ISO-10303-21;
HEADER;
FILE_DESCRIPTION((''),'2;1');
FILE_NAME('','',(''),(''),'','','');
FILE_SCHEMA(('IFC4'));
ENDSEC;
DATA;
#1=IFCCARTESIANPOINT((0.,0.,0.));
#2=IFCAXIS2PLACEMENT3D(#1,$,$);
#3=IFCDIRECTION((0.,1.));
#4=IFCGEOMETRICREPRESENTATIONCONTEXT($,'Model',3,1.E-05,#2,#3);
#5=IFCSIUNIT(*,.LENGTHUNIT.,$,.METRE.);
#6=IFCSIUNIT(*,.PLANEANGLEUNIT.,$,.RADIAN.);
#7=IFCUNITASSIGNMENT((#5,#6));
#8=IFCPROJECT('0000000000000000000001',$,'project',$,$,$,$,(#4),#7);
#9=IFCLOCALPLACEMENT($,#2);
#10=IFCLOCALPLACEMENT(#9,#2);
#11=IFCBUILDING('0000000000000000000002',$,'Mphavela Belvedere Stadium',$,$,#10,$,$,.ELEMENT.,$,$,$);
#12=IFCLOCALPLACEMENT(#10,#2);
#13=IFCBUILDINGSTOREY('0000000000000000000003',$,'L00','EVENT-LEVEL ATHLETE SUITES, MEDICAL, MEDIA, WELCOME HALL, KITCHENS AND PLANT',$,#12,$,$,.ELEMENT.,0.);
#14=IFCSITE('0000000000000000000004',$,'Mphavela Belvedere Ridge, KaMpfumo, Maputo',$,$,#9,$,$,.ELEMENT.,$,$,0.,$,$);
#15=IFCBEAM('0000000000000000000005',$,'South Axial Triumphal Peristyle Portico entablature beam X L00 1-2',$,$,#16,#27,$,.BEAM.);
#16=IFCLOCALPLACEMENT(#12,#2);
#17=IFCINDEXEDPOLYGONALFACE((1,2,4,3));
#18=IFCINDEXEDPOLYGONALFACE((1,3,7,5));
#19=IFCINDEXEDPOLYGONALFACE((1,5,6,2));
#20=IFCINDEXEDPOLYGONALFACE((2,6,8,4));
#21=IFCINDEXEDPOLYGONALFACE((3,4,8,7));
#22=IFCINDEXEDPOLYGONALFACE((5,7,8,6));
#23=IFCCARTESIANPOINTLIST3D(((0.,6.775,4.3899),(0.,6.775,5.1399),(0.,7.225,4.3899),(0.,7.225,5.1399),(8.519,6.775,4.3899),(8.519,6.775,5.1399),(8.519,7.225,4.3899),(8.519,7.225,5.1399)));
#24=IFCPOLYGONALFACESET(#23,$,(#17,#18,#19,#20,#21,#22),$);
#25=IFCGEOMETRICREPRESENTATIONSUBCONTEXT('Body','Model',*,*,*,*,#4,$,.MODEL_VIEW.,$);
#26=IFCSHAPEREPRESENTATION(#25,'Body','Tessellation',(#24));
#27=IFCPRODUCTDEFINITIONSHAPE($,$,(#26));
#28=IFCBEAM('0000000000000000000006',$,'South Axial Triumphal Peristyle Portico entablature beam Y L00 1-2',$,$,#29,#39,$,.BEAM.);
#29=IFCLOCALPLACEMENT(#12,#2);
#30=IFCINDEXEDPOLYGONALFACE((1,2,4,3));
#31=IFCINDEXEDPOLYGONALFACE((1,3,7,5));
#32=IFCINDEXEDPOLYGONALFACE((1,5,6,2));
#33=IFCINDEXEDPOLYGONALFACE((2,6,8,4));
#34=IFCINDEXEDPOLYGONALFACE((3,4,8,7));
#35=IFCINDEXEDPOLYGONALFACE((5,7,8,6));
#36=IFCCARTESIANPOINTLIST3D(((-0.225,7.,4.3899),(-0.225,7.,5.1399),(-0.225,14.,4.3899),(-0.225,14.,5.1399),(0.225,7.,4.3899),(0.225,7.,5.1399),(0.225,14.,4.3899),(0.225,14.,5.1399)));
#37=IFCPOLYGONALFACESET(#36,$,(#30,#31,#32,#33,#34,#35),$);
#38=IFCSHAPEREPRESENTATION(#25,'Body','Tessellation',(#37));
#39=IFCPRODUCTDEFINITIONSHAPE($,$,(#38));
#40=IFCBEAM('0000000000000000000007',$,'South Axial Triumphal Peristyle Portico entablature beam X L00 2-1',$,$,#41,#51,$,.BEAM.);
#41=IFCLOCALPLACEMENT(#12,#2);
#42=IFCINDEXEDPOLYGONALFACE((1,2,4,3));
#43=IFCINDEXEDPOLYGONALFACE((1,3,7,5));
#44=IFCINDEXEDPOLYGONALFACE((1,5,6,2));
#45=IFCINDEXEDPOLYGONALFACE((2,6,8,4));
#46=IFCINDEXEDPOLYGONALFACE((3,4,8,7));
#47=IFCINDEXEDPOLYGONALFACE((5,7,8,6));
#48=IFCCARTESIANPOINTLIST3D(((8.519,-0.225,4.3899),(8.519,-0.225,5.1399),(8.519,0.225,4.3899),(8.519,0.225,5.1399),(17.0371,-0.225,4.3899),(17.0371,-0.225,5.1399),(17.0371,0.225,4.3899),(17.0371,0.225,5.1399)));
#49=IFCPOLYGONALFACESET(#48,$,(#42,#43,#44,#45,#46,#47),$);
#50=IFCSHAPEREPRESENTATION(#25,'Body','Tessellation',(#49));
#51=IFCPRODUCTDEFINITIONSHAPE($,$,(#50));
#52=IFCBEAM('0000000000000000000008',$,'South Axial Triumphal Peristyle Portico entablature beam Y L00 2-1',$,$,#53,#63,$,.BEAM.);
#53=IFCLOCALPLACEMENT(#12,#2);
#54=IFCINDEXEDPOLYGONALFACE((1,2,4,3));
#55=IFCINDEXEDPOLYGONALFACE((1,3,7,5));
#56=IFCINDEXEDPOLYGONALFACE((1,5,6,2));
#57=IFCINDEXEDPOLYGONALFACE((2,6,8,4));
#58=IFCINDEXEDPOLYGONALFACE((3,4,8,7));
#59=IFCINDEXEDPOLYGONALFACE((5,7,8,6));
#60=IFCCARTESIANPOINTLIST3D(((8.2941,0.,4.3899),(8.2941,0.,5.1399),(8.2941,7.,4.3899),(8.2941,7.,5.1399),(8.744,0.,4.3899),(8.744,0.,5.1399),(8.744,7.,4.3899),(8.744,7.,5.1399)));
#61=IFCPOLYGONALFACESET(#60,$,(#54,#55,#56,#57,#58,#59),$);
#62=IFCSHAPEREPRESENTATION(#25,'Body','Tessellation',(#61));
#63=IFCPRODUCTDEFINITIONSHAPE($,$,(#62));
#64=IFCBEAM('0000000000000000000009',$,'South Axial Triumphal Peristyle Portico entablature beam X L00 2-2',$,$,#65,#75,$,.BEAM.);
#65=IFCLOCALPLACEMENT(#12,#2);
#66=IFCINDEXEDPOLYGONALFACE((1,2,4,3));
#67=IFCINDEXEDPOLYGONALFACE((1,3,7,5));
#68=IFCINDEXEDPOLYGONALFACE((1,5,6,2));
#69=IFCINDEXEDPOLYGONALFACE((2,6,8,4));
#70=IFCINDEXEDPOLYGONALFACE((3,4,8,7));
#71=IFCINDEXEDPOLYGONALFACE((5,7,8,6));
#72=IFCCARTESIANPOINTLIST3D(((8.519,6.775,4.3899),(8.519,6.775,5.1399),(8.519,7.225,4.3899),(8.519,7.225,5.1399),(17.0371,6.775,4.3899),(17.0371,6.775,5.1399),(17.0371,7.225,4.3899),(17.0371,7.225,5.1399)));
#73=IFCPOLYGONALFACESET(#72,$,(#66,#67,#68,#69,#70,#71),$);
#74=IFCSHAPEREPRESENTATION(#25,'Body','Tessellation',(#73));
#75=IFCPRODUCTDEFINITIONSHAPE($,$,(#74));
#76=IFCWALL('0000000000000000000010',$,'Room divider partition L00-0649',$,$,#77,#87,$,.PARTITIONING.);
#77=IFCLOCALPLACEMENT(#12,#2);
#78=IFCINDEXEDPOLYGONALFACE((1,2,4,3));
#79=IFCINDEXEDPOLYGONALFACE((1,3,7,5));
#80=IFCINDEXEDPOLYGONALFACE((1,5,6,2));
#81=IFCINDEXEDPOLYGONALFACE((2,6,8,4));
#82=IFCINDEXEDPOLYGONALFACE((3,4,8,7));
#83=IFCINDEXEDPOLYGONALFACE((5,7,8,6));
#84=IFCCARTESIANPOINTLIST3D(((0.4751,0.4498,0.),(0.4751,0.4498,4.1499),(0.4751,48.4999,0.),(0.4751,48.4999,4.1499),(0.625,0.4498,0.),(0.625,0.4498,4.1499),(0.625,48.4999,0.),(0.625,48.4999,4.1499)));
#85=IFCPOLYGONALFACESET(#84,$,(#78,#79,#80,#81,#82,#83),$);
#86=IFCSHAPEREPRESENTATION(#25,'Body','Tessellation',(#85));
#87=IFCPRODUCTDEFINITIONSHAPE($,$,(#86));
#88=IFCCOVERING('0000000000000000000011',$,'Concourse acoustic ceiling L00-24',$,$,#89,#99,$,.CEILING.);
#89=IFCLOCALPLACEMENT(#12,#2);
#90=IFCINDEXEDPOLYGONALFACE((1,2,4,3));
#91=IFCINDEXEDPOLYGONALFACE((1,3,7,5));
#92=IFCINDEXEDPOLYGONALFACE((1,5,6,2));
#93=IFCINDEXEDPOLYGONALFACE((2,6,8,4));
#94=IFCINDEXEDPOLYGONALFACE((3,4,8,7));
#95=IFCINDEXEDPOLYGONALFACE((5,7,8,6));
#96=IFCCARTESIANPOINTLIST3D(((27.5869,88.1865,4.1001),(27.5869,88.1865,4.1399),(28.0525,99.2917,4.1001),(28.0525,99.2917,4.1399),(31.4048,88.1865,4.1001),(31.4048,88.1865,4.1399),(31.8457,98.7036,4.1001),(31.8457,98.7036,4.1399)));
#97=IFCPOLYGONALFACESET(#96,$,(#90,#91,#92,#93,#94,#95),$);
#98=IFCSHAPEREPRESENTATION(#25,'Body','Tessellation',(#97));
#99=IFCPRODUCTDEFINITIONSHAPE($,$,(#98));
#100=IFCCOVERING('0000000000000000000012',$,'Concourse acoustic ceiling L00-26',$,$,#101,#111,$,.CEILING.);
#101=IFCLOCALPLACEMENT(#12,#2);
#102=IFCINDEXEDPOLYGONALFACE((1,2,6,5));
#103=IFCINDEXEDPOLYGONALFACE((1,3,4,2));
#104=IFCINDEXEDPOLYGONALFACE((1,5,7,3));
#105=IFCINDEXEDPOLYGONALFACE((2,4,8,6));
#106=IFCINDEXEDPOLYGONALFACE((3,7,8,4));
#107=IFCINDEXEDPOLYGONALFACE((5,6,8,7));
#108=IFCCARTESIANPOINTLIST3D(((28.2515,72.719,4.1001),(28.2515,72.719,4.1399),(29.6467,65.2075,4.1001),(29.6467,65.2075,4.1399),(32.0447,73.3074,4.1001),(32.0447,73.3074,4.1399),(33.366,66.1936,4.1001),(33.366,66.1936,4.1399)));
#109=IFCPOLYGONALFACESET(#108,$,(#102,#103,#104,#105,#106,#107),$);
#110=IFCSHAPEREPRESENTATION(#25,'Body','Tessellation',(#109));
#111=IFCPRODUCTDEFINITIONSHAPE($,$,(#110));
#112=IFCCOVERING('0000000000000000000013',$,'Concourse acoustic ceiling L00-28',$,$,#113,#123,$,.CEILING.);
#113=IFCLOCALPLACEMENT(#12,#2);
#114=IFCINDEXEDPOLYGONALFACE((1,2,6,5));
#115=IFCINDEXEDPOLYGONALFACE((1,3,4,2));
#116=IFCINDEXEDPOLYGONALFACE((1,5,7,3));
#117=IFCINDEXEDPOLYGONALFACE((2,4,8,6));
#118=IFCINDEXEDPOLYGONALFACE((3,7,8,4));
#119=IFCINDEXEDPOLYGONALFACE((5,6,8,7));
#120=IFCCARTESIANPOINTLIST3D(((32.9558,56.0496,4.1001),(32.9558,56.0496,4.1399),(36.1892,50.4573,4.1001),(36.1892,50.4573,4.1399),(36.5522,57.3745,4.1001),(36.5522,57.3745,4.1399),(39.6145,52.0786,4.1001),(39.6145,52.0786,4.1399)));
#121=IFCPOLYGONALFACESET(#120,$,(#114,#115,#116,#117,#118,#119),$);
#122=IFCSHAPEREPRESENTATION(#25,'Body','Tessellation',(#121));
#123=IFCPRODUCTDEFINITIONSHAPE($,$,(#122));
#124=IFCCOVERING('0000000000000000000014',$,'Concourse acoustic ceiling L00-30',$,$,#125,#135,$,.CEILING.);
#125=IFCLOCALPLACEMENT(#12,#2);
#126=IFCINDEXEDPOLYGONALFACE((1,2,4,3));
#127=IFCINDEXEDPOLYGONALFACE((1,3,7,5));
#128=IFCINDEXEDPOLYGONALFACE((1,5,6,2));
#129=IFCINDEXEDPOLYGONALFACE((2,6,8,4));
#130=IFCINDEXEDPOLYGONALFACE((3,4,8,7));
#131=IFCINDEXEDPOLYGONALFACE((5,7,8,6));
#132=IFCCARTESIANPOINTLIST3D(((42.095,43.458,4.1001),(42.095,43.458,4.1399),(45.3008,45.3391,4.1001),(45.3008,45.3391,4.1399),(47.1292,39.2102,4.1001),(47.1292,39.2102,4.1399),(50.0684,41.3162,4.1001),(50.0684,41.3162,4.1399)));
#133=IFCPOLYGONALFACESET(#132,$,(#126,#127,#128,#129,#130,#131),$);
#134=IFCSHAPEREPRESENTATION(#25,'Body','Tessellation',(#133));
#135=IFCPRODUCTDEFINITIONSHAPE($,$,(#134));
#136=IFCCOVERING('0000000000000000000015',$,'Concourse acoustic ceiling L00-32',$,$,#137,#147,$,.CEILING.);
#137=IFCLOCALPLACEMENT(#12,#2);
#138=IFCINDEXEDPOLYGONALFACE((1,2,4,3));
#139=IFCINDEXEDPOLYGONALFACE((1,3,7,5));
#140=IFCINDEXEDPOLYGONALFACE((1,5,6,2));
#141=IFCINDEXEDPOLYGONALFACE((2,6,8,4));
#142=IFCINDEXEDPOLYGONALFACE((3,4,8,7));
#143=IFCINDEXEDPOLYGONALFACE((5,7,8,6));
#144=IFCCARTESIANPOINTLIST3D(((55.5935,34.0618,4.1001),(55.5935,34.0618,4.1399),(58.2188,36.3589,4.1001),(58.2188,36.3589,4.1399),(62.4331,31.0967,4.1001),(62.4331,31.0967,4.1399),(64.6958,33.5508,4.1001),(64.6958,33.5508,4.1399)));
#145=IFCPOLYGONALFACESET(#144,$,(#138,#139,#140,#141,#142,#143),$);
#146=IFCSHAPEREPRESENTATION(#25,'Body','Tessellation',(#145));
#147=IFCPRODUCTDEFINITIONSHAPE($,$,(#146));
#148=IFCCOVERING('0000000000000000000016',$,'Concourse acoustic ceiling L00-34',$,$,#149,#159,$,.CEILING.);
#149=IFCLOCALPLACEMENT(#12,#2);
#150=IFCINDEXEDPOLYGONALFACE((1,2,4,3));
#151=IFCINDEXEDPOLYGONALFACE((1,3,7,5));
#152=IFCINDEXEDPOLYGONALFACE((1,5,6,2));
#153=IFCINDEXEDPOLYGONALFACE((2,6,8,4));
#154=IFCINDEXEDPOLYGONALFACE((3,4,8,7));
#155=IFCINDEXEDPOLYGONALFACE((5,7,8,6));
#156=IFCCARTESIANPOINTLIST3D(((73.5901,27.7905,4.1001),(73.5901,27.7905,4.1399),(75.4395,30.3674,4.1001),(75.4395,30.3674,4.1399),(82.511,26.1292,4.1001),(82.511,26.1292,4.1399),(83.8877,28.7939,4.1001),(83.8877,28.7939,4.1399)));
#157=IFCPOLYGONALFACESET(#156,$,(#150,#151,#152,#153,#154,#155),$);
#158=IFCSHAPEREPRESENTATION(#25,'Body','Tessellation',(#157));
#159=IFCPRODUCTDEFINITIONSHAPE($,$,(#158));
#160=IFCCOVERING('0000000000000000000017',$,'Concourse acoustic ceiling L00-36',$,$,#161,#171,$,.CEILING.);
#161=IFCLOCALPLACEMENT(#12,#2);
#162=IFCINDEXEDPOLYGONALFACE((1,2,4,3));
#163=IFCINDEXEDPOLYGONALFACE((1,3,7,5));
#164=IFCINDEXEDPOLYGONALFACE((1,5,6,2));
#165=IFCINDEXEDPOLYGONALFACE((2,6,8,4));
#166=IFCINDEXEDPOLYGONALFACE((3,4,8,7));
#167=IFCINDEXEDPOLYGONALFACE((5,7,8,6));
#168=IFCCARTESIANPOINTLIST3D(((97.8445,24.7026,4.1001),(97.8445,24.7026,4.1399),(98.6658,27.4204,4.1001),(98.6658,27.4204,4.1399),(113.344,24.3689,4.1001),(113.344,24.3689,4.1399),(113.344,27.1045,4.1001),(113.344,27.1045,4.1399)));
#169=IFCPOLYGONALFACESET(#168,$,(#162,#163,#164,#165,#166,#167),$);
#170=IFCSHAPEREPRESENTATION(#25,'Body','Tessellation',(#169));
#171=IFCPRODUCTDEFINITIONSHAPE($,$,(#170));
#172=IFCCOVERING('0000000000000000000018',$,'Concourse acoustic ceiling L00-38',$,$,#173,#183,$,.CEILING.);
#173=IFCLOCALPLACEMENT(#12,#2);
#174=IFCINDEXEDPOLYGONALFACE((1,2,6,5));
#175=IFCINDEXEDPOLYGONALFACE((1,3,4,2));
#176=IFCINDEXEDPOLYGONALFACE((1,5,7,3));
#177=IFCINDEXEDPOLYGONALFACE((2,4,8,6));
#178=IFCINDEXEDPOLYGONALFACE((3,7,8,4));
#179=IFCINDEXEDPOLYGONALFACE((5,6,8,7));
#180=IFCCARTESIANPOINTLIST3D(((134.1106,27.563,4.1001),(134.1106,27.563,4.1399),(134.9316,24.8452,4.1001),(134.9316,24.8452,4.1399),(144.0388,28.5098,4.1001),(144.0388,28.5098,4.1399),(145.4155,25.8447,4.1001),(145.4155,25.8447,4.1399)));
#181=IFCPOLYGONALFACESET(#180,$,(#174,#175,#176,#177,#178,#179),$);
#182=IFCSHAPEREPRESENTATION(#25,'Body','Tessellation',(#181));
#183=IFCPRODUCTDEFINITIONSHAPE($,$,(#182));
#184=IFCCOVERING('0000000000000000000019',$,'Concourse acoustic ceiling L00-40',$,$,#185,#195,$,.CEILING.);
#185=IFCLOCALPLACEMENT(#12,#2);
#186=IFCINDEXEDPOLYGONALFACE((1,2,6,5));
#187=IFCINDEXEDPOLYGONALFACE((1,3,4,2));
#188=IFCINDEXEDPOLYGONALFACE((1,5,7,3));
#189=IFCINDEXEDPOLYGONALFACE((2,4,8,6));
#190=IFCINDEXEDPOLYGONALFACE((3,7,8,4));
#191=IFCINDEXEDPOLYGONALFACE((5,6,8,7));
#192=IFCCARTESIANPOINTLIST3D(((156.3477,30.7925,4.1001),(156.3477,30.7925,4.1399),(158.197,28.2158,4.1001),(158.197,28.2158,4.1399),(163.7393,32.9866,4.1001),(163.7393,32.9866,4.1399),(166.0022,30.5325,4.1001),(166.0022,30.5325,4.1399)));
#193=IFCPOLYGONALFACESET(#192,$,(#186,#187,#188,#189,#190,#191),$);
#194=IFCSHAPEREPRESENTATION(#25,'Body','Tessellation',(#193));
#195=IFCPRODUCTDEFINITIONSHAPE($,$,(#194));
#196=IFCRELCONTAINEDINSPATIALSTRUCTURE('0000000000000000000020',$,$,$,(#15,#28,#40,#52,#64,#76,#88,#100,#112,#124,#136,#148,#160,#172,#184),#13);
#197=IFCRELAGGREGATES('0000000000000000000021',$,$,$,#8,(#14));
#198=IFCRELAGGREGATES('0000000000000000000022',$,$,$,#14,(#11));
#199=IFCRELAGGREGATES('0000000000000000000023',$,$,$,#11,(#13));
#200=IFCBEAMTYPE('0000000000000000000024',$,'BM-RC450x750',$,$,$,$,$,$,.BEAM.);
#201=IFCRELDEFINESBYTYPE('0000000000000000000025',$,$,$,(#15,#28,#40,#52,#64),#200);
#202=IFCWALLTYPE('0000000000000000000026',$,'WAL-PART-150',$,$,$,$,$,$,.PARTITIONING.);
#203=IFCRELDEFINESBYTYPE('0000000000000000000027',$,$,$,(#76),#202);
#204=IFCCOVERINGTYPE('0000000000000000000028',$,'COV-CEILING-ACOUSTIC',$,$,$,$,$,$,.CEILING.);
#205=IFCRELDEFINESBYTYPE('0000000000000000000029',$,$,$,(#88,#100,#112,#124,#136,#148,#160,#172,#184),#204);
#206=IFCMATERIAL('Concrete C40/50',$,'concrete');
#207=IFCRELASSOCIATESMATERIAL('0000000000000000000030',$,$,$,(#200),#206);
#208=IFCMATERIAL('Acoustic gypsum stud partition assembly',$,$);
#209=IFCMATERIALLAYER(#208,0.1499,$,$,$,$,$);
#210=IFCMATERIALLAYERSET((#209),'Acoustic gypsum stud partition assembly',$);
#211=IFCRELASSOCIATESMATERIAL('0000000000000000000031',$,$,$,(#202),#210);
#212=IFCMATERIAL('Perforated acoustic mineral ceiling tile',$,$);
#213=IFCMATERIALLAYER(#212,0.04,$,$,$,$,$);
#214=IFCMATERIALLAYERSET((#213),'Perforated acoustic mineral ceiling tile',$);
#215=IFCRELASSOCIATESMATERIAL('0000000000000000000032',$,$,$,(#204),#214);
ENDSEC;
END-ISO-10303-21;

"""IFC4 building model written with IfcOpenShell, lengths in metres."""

from ifc_helpers import new_model, si_unit, direction, frame, frame_2d, origin, origin_2d, place, context, subcontext, project, spatial, polyline, rectangle, outline, extrude, material, layer, layer_set, material_profile, profile_set, type_object, element, save


model = new_model("IFC4")

# Units and contexts
model_context = context("Model", 3, precision=1e-05, world=origin(), true_north=direction((0.0, 1.0)))
body_context = subcontext(model_context, "Body", "Model", "MODEL_VIEW")
ifc_project = project(units=[si_unit("LENGTHUNIT", "METRE"), si_unit("PLANEANGLEUNIT", "RADIAN")], contexts=[model_context])

# Site, building, storey
site_placement = place(None, origin())
site = spatial("IfcSite", under=ifc_project, at=site_placement, Name="Mphavela Belvedere Ridge, KaMpfumo, Maputo", CompositionType="ELEMENT", RefElevation=0.0)
building_placement = place(site_placement, origin())
building = spatial("IfcBuilding", under=site, at=building_placement, Name="Mphavela Belvedere Stadium", CompositionType="ELEMENT")
storey_placement = place(building_placement, origin())
storey = spatial("IfcBuildingStorey", under=building, at=storey_placement, Name="L00", Description="EVENT-LEVEL ATHLETE SUITES, MEDICAL, MEDIA, WELCOME HALL, KITCHENS AND PLANT", CompositionType="ELEMENT", Elevation=0.0)

# Beams
ifc_material_1 = material(Name="Concrete C40/50", Category="concrete")
ifc_material_profile_1 = material_profile(ifc_material_1, rectangle(XDim=0.45, YDim=0.75, at=origin_2d()), Name="RC 450x750")
ifc_profile_set_1 = profile_set([ifc_material_profile_1], Name="Concrete C40/50")
beam_type_1 = type_object("IfcBeamType", Name="BM-RC450x750", PredefinedType="BEAM", material=ifc_profile_set_1)
beam_1_placement = place(storey_placement, frame((0.0, 7.0, 4.7649), z_axis=(1.0, 0.0, 0.0), x_axis=(0.0, 1.0, 0.0)))
element("IfcBeam", 1, at=beam_1_placement, inside=storey, type_object=beam_type_1, Name="South Axial Triumphal Peristyle Portico entablature beam X L00 1-2", PredefinedType="BEAM", context=body_context, shape_type="SweptSolid", body=[
    extrude(rectangle(XDim=0.45, YDim=0.75, at=origin_2d()), origin(), (0.0, 0.0, 1.0), 8.519),
])
beam_2_placement = place(storey_placement, frame((0.0, 7.0, 4.7649), z_axis=(0.0, 1.0, 0.0), x_axis=(-1.0, 0.0, 0.0)))
element("IfcBeam", 2, at=beam_2_placement, inside=storey, type_object=beam_type_1, Name="South Axial Triumphal Peristyle Portico entablature beam Y L00 1-2", PredefinedType="BEAM", context=body_context, shape_type="SweptSolid", body=[
    extrude(rectangle(XDim=0.45, YDim=0.75, at=origin_2d()), origin(), (0.0, 0.0, 1.0), 7.0),
])
beam_3_placement = place(storey_placement, frame((8.519, 0.0, 4.7649), z_axis=(1.0, 0.0, 0.0), x_axis=(0.0, 1.0, 0.0)))
element("IfcBeam", 3, at=beam_3_placement, inside=storey, type_object=beam_type_1, Name="South Axial Triumphal Peristyle Portico entablature beam X L00 2-1", PredefinedType="BEAM", context=body_context, shape_type="SweptSolid", body=[
    extrude(rectangle(XDim=0.45, YDim=0.75, at=origin_2d()), origin(), (0.0, 0.0, 1.0), 8.5181),
])
beam_4_placement = place(storey_placement, frame((8.519, 0.0, 4.7649), z_axis=(0.0, 1.0, 0.0), x_axis=(-1.0, 0.0, 0.0)))
element("IfcBeam", 4, at=beam_4_placement, inside=storey, type_object=beam_type_1, Name="South Axial Triumphal Peristyle Portico entablature beam Y L00 2-1", PredefinedType="BEAM", context=body_context, shape_type="SweptSolid", body=[
    extrude(rectangle(XDim=0.45, YDim=0.75, at=origin_2d()), origin(), (0.0, 0.0, 1.0), 7.0),
])
beam_5_placement = place(storey_placement, frame((8.519, 7.0, 4.7649), z_axis=(1.0, 0.0, 0.0), x_axis=(0.0, 1.0, 0.0)))
element("IfcBeam", 5, at=beam_5_placement, inside=storey, type_object=beam_type_1, Name="South Axial Triumphal Peristyle Portico entablature beam X L00 2-2", PredefinedType="BEAM", context=body_context, shape_type="SweptSolid", body=[
    extrude(rectangle(XDim=0.45, YDim=0.75, at=origin_2d()), origin(), (0.0, 0.0, 1.0), 8.5181),
])

# Wall
ifc_material_2 = material(Name="Acoustic gypsum stud partition assembly")
ifc_layer_1 = layer(ifc_material_2, 0.1499)
ifc_layer_set_1 = layer_set([ifc_layer_1], Name="Acoustic gypsum stud partition assembly")
wall_type_1 = type_object("IfcWallType", Name="WAL-PART-150", PredefinedType="PARTITIONING", material=ifc_layer_set_1)
wall_1_placement = place(storey_placement, frame((0.55, 0.45, 0.0), z_axis=(0.0, 0.0, 1.0), x_axis=(0.0, 1.0, 0.0)))
element("IfcWall", 6, at=wall_1_placement, inside=storey, type_object=wall_type_1, Name="Room divider partition L00-0649", PredefinedType="PARTITIONING", context=body_context, shape_type="SweptSolid", body=[
    extrude(rectangle(XDim=48.05, YDim=0.1499, at=frame_2d((24.0249, 0.0))), origin(), (0.0, 0.0, 1.0), 4.1499),
])

# Coverings
ifc_material_3 = material(Name="Perforated acoustic mineral ceiling tile")
ifc_layer_2 = layer(ifc_material_3, 0.04)
ifc_layer_set_2 = layer_set([ifc_layer_2], Name="Perforated acoustic mineral ceiling tile")
covering_type = type_object("IfcCoveringType", Name="COV-CEILING-ACOUSTIC", PredefinedType="CEILING", material=ifc_layer_set_2)
covering_1_placement = place(storey_placement, frame((0.0, 0.0, 4.1001)))
element("IfcCovering", 7, at=covering_1_placement, inside=storey, type_object=covering_type, Name="Concourse acoustic ceiling L00-24", PredefinedType="CEILING", context=body_context, shape_type="SweptSolid", body=[
    extrude(outline(polyline([(31.8457, 98.7036), (31.4048, 88.1865), (27.5869, 88.1865), (28.0525, 99.2917), (31.8457, 98.7036)])), origin(), (0.0, 0.0, 1.0), 0.0398),
])
covering_2_placement = place(storey_placement, frame((0.0, 0.0, 4.1001)))
element("IfcCovering", 8, at=covering_2_placement, inside=storey, type_object=covering_type, Name="Concourse acoustic ceiling L00-26", PredefinedType="CEILING", context=body_context, shape_type="SweptSolid", body=[
    extrude(outline(polyline([(32.0447, 73.3074), (33.366, 66.1936), (29.6467, 65.2075), (28.2515, 72.719), (32.0447, 73.3074)])), origin(), (0.0, 0.0, 1.0), 0.0398),
])
covering_3_placement = place(storey_placement, frame((0.0, 0.0, 4.1001)))
element("IfcCovering", 9, at=covering_3_placement, inside=storey, type_object=covering_type, Name="Concourse acoustic ceiling L00-28", PredefinedType="CEILING", context=body_context, shape_type="SweptSolid", body=[
    extrude(outline(polyline([(36.5522, 57.3745), (39.6145, 52.0786), (36.1892, 50.4573), (32.9558, 56.0496), (36.5522, 57.3745)])), origin(), (0.0, 0.0, 1.0), 0.0398),
])
covering_4_placement = place(storey_placement, frame((0.0, 0.0, 4.1001)))
element("IfcCovering", 10, at=covering_4_placement, inside=storey, type_object=covering_type, Name="Concourse acoustic ceiling L00-30", PredefinedType="CEILING", context=body_context, shape_type="SweptSolid", body=[
    extrude(outline(polyline([(45.3008, 45.3391), (50.0684, 41.3162), (47.1292, 39.2102), (42.095, 43.458), (45.3008, 45.3391)])), origin(), (0.0, 0.0, 1.0), 0.0398),
])
covering_5_placement = place(storey_placement, frame((0.0, 0.0, 4.1001)))
element("IfcCovering", 11, at=covering_5_placement, inside=storey, type_object=covering_type, Name="Concourse acoustic ceiling L00-32", PredefinedType="CEILING", context=body_context, shape_type="SweptSolid", body=[
    extrude(outline(polyline([(58.2188, 36.3589), (64.6958, 33.5508), (62.4331, 31.0967), (55.5935, 34.0618), (58.2188, 36.3589)])), origin(), (0.0, 0.0, 1.0), 0.0398),
])
covering_6_placement = place(storey_placement, frame((0.0, 0.0, 4.1001)))
element("IfcCovering", 12, at=covering_6_placement, inside=storey, type_object=covering_type, Name="Concourse acoustic ceiling L00-34", PredefinedType="CEILING", context=body_context, shape_type="SweptSolid", body=[
    extrude(outline(polyline([(75.4395, 30.3674), (83.8877, 28.7939), (82.511, 26.1292), (73.5901, 27.7905), (75.4395, 30.3674)])), origin(), (0.0, 0.0, 1.0), 0.0398),
])
covering_7_placement = place(storey_placement, frame((0.0, 0.0, 4.1001)))
element("IfcCovering", 13, at=covering_7_placement, inside=storey, type_object=covering_type, Name="Concourse acoustic ceiling L00-36", PredefinedType="CEILING", context=body_context, shape_type="SweptSolid", body=[
    extrude(outline(polyline([(98.6658, 27.4204), (113.344, 27.1045), (113.344, 24.3689), (97.8445, 24.7026), (98.6658, 27.4204)])), origin(), (0.0, 0.0, 1.0), 0.0398),
])
covering_8_placement = place(storey_placement, frame((0.0, 0.0, 4.1001)))
element("IfcCovering", 14, at=covering_8_placement, inside=storey, type_object=covering_type, Name="Concourse acoustic ceiling L00-38", PredefinedType="CEILING", context=body_context, shape_type="SweptSolid", body=[
    extrude(outline(polyline([(134.1106, 27.563), (144.0388, 28.5098), (145.4155, 25.8447), (134.9316, 24.8452), (134.1106, 27.563)])), origin(), (0.0, 0.0, 1.0), 0.0398),
])
covering_9_placement = place(storey_placement, frame((0.0, 0.0, 4.1001)))
element("IfcCovering", 15, at=covering_9_placement, inside=storey, type_object=covering_type, Name="Concourse acoustic ceiling L00-40", PredefinedType="CEILING", context=body_context, shape_type="SweptSolid", body=[
    extrude(outline(polyline([(156.3477, 30.7925), (163.7393, 32.9866), (166.0022, 30.5325), (158.197, 28.2158), (156.3477, 30.7925)])), origin(), (0.0, 0.0, 1.0), 0.0398),
])

save(model, "model.ifc")
